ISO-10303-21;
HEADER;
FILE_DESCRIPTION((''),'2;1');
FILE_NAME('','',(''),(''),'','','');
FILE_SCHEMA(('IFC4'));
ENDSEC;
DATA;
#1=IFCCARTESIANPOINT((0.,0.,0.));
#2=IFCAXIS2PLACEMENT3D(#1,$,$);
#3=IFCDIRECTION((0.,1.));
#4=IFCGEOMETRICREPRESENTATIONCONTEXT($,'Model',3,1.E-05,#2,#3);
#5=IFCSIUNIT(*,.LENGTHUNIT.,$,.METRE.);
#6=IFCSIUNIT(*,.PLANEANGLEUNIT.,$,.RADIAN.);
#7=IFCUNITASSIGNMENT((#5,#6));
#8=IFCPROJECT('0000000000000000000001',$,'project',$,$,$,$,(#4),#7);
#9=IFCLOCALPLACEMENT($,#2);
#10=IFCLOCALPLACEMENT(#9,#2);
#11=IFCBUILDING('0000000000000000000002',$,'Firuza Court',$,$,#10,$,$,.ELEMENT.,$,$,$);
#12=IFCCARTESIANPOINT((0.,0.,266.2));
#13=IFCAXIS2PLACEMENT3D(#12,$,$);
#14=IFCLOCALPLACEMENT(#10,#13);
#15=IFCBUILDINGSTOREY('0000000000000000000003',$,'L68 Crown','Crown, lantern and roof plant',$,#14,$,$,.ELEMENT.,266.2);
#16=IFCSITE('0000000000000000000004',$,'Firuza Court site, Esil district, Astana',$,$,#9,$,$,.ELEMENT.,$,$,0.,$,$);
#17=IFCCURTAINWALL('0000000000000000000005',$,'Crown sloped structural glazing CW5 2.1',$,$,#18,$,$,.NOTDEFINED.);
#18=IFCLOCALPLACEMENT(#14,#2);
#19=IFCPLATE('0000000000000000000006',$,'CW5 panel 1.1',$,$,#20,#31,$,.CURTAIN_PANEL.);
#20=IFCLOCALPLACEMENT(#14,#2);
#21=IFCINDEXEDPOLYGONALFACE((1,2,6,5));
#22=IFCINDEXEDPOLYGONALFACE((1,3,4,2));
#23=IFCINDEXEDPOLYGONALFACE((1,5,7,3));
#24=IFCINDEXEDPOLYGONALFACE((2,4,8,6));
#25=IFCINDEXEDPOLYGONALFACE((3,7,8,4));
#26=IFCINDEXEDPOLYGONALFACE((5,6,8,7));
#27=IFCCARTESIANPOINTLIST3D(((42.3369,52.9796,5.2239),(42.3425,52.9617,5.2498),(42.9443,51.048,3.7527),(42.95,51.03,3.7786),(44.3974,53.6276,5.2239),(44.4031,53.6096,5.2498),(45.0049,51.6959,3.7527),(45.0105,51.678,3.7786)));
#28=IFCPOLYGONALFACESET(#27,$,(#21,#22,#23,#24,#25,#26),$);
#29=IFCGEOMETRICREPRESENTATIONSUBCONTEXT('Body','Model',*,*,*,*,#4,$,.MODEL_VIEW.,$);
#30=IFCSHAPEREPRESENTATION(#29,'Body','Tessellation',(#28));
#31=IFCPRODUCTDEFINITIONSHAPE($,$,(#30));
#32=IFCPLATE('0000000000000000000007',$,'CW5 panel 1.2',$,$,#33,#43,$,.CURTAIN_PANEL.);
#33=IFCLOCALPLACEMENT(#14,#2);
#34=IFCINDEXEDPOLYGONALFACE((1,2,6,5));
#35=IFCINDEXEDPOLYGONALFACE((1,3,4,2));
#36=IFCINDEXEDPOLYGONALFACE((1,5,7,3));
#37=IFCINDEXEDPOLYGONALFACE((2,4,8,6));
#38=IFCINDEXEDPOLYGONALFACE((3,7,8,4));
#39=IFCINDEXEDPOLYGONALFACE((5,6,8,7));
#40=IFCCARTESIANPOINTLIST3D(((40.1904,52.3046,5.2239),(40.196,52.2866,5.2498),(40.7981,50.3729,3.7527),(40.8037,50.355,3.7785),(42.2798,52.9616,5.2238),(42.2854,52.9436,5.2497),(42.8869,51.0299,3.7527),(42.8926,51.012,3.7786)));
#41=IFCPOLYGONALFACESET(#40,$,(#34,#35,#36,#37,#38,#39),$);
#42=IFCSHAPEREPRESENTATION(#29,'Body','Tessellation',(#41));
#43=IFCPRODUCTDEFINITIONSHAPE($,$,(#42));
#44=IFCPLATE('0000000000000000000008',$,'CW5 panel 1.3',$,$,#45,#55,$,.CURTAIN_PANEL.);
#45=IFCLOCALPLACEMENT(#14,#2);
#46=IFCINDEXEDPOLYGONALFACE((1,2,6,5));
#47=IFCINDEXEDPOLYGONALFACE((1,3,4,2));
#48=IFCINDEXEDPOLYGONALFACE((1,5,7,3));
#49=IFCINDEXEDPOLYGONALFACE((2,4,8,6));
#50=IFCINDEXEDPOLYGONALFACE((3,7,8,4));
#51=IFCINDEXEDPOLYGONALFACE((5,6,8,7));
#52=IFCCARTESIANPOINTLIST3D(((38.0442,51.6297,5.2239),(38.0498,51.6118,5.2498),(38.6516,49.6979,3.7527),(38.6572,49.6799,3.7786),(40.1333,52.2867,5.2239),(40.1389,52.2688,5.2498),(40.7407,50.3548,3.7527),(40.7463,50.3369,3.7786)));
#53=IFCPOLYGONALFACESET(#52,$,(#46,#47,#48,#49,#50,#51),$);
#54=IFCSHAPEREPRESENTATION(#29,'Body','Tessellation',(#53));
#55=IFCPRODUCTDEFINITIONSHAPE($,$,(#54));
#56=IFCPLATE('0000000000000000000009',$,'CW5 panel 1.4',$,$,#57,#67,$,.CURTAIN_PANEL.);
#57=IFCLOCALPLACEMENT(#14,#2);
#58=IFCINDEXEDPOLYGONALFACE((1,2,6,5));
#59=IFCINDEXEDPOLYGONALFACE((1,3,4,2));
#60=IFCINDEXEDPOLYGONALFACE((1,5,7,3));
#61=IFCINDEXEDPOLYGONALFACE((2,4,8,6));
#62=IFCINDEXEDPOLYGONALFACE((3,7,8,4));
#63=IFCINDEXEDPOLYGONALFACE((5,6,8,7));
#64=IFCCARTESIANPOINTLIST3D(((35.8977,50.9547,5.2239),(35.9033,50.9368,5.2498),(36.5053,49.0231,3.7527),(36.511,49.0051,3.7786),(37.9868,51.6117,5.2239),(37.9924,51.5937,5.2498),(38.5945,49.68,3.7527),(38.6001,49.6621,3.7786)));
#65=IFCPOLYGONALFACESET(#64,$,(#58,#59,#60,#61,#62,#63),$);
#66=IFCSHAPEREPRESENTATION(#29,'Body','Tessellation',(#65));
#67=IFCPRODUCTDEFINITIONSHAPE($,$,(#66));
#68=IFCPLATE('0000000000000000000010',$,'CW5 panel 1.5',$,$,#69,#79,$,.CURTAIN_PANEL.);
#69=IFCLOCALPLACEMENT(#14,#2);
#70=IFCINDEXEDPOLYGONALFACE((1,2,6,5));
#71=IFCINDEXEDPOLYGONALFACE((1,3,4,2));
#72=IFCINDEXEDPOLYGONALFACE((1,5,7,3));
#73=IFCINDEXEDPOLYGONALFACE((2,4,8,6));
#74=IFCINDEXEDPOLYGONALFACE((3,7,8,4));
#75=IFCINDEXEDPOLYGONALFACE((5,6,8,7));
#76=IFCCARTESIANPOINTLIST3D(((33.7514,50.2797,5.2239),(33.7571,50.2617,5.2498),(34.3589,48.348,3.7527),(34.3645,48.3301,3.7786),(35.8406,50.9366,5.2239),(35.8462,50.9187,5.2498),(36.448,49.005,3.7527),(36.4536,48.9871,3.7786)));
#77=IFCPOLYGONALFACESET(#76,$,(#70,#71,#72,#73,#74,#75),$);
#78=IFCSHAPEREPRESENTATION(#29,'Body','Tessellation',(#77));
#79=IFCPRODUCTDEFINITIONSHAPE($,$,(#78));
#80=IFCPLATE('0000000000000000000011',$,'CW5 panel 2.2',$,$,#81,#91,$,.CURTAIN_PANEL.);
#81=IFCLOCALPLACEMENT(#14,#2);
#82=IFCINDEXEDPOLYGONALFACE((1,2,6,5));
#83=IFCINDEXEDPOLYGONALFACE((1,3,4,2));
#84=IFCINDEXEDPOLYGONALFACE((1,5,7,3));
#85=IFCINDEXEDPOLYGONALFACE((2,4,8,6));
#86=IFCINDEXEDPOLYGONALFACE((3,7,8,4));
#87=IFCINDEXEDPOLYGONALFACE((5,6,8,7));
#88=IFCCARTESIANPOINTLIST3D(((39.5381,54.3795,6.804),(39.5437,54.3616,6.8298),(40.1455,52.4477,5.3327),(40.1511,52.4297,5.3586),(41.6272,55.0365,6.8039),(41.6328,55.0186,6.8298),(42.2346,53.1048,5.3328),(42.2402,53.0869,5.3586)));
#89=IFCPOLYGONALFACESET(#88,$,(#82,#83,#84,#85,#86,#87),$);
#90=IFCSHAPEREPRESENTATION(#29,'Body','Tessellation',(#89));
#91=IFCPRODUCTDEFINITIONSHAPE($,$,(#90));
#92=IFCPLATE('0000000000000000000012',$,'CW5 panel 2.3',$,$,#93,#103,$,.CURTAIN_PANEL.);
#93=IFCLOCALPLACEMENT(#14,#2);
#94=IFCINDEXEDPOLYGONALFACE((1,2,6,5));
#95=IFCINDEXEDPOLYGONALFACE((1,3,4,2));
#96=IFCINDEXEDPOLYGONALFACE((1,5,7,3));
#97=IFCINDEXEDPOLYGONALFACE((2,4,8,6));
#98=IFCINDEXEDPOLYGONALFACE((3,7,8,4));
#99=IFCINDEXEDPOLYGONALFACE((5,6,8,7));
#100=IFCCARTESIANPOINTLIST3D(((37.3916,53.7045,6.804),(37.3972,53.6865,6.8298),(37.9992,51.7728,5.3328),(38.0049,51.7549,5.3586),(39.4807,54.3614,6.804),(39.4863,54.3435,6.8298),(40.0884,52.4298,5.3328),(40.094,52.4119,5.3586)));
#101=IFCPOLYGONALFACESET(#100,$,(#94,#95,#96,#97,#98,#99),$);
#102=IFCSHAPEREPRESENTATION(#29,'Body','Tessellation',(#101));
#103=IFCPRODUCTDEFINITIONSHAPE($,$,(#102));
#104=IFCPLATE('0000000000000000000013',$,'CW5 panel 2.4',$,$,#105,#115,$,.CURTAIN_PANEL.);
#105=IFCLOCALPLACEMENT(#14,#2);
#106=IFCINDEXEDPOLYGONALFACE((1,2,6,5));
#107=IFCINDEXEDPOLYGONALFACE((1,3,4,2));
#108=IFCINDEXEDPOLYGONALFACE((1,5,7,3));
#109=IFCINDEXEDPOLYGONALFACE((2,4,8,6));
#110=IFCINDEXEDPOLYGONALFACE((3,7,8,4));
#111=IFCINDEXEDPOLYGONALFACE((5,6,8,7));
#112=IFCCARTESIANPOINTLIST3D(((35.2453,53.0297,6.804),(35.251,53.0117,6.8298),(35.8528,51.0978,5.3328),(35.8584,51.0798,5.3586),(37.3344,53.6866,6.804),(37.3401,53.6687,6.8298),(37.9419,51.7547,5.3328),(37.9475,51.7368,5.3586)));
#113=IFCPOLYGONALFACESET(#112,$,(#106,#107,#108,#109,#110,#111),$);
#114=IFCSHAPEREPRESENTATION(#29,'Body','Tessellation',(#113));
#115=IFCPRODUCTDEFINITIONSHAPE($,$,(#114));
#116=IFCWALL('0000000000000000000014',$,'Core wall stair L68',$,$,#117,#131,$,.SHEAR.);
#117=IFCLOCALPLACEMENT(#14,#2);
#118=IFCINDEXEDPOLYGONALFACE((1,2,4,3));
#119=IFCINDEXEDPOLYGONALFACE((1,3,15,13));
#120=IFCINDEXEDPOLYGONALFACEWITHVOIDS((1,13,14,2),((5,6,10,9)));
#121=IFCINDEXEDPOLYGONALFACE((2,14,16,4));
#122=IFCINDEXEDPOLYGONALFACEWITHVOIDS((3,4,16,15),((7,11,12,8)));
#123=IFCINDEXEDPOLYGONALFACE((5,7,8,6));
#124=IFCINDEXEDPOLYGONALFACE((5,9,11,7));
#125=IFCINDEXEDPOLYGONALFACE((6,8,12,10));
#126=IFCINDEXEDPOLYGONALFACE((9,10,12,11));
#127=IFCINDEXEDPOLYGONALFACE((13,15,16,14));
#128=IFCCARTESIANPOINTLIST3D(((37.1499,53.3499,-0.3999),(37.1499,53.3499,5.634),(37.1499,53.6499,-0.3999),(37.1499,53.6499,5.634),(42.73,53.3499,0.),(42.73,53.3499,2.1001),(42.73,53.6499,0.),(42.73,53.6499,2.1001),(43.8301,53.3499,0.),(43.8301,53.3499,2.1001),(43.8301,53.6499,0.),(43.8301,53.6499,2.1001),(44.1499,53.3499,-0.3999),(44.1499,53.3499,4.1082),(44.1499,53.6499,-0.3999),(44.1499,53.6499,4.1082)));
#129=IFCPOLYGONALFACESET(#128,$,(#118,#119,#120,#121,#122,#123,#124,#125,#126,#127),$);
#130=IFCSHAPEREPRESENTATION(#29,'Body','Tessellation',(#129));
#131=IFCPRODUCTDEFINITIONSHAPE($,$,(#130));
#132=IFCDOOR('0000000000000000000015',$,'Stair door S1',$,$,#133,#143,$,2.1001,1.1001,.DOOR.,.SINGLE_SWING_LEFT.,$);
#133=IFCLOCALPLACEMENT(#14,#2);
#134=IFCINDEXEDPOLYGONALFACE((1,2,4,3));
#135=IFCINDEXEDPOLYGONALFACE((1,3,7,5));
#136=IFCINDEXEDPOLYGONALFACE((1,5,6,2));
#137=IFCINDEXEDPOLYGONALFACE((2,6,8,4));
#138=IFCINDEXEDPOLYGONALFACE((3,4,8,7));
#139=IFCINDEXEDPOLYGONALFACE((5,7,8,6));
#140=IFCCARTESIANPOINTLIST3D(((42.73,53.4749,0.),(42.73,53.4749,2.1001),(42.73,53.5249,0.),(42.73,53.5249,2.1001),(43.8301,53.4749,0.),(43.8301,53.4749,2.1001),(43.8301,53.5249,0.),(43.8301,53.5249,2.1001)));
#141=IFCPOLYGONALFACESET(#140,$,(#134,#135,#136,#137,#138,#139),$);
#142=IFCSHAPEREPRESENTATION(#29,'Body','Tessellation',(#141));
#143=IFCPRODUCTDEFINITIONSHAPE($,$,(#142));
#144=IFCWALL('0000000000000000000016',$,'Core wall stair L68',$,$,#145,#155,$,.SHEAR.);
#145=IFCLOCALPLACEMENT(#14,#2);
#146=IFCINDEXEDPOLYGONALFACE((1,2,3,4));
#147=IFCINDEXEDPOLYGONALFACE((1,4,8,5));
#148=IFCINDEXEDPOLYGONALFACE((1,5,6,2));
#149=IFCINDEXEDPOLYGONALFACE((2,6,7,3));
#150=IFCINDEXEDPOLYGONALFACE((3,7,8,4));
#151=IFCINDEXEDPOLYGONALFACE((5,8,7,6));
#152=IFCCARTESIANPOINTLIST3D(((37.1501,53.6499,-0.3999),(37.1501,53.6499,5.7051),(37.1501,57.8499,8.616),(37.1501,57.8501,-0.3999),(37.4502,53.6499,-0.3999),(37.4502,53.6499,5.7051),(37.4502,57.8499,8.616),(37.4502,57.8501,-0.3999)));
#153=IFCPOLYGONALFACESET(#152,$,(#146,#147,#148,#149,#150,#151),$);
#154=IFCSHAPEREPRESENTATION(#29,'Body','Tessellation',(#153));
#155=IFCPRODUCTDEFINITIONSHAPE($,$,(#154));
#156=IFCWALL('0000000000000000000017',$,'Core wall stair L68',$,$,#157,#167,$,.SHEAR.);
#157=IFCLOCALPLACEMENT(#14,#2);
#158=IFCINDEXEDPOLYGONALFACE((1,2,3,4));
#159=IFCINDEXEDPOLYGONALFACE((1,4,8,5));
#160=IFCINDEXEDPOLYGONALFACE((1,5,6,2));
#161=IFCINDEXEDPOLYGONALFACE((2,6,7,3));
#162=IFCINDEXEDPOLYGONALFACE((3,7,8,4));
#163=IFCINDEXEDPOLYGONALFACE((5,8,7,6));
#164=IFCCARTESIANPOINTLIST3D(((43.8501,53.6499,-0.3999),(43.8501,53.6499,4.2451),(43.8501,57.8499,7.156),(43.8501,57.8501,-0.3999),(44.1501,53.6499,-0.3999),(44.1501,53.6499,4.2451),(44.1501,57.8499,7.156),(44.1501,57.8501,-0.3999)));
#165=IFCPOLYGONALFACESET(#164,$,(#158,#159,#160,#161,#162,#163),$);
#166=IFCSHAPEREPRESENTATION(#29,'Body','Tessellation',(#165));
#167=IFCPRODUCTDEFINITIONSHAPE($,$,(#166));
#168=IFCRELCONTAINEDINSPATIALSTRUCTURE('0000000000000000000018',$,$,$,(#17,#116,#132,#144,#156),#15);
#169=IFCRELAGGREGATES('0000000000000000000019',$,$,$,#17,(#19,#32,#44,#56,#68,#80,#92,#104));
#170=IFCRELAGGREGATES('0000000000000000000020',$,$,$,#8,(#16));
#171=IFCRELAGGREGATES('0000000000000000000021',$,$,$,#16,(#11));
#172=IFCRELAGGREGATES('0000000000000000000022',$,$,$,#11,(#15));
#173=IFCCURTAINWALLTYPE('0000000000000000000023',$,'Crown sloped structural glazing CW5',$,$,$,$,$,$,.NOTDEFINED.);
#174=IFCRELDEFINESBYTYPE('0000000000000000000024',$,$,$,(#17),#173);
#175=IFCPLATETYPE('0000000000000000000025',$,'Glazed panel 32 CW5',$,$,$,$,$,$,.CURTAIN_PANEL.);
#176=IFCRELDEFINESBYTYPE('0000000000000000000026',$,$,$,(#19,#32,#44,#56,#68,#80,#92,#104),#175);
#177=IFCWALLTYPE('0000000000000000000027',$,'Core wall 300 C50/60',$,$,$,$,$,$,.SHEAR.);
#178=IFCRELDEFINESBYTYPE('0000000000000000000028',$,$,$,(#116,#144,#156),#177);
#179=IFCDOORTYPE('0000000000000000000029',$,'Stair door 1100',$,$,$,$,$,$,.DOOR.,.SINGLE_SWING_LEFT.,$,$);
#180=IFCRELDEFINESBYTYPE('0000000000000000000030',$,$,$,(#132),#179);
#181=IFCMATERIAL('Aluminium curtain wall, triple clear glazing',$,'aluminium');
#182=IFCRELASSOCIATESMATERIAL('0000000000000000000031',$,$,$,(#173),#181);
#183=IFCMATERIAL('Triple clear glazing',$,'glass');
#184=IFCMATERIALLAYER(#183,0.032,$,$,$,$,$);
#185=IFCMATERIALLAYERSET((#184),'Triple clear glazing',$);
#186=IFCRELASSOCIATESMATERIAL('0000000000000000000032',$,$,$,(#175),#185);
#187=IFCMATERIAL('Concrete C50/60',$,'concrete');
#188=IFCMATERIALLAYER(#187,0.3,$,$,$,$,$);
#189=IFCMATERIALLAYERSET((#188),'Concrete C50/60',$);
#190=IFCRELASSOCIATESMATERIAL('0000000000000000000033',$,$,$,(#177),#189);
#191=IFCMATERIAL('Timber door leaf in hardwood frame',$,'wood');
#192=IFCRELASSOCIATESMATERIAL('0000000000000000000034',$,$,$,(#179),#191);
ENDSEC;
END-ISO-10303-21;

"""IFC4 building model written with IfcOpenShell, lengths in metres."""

from ifc_helpers import new_model, si_unit, direction, frame, frame_2d, origin, place, context, subcontext, project, spatial, polyline, rectangle, outline, extrude, material, layer, layer_set, type_object, element, fill, aggregate, save


model = new_model("IFC4")

# Units and contexts
model_context = context("Model", 3, precision=1e-05, world=origin(), true_north=direction((0.0, 1.0)))
body_context = subcontext(model_context, "Body", "Model", "MODEL_VIEW")
ifc_project = project(units=[si_unit("LENGTHUNIT", "METRE"), si_unit("PLANEANGLEUNIT", "RADIAN")], contexts=[model_context])

# Site, building, storey
site_placement = place(None, origin())
site = spatial("IfcSite", under=ifc_project, at=site_placement, Name="Firuza Court site, Esil district, Astana", CompositionType="ELEMENT", RefElevation=0.0)
building_placement = place(site_placement, origin())
building = spatial("IfcBuilding", under=site, at=building_placement, Name="Firuza Court", CompositionType="ELEMENT")
storey_placement = place(building_placement, frame((0.0, 0.0, 266.2)))
storey = spatial("IfcBuildingStorey", under=building, at=storey_placement, Name="L68 Crown", Description="Crown, lantern and roof plant", CompositionType="ELEMENT", Elevation=266.2)

# Curtain wall
ifc_material_1 = material(Name="Aluminium curtain wall, triple clear glazing", Category="aluminium")
curtain_wall_type = type_object("IfcCurtainWallType", Name="Crown sloped structural glazing CW5", PredefinedType="NOTDEFINED", material=ifc_material_1)
curtain_wall_1_placement = place(storey_placement, origin())
curtain_wall_1 = element("IfcCurtainWall", 1, at=curtain_wall_1_placement, inside=storey, type_object=curtain_wall_type, Name="Crown sloped structural glazing CW5 2.1", PredefinedType="NOTDEFINED")

# Plates
ifc_material_2 = material(Name="Triple clear glazing", Category="glass")
ifc_layer_1 = layer(ifc_material_2, 0.032)
ifc_layer_set_1 = layer_set([ifc_layer_1], Name="Triple clear glazing")
plate_type = type_object("IfcPlateType", Name="Glazed panel 32 CW5", PredefinedType="CURTAIN_PANEL", material=ifc_layer_set_1)
plate_1_placement = place(storey_placement, frame((45.0105, 51.678, 3.7786), z_axis=(0.176322, -0.560721, 0.809013), x_axis=(-0.953948, -0.299974, 0.0)))
plate_1 = element("IfcPlate", 2, at=plate_1_placement, type_object=plate_type, Name="CW5 panel 1.1", PredefinedType="CURTAIN_PANEL", context=body_context, shape_type="SweptSolid", body=[
    extrude(outline(polyline([(0.0, 0.0), (2.16, 0.0), (2.16, -2.5029), (0.0, -2.5029), (0.0, 0.0)])), origin(), (0.0, 0.0, -1.0), 0.032),
])
plate_2_placement = place(storey_placement, frame((42.8926, 51.012, 3.7786), z_axis=(0.176334, -0.560717, 0.809013), x_axis=(-0.953934, -0.300016, -0.000016)))
plate_2 = element("IfcPlate", 3, at=plate_2_placement, type_object=plate_type, Name="CW5 panel 1.2", PredefinedType="CURTAIN_PANEL", context=body_context, shape_type="SweptSolid", body=[
    extrude(outline(polyline([(0.0, 0.0), (2.1897, 0.0), (2.1899, -2.503), (-0.0003, -2.5029), (0.0, 0.0)])), origin(), (0.0, 0.0, -1.0), 0.032),
])
plate_3_placement = place(storey_placement, frame((40.7463, 50.3369, 3.7786), z_axis=(0.176321, -0.560675, 0.809045), x_axis=(-0.953941, -0.299995, 0.0)))
plate_3 = element("IfcPlate", 4, at=plate_3_placement, type_object=plate_type, Name="CW5 panel 1.3", PredefinedType="CURTAIN_PANEL", context=body_context, shape_type="SweptSolid", body=[
    extrude(outline(polyline([(0.0, 0.0), (2.19, 0.0), (2.1899, -2.5031), (-0.0001, -2.5031), (0.0, 0.0)])), origin(), (0.0, 0.0, -1.0), 0.032),
])
plate_4_placement = place(storey_placement, frame((38.6001, 49.6621, 3.7786), z_axis=(0.17633, -0.560704, 0.809023), x_axis=(-0.953941, -0.299995, 0.0)))
plate_4 = element("IfcPlate", 5, at=plate_4_placement, type_object=plate_type, Name="CW5 panel 1.4", PredefinedType="CURTAIN_PANEL", context=body_context, shape_type="SweptSolid", body=[
    extrude(outline(polyline([(0.0, 0.0), (2.19, 0.0), (2.1902, -2.503), (0.0002, -2.503), (0.0, 0.0)])), origin(), (0.0, 0.0, -1.0), 0.032),
])
plate_5_placement = place(storey_placement, frame((36.4536, 48.9871, 3.7786), z_axis=(0.176334, -0.560717, 0.809013), x_axis=(-0.953941, -0.299995, 0.0)))
plate_5 = element("IfcPlate", 6, at=plate_5_placement, type_object=plate_type, Name="CW5 panel 1.5", PredefinedType="CURTAIN_PANEL", context=body_context, shape_type="SweptSolid", body=[
    extrude(outline(polyline([(0.0, 0.0), (2.19, 0.0), (2.1899, -2.5029), (0.0, -2.5029), (0.0, 0.0)])), origin(), (0.0, 0.0, -1.0), 0.032),
])
plate_6_placement = place(storey_placement, frame((42.2402, 53.0869, 5.3586), z_axis=(0.176357, -0.560687, 0.809029), x_axis=(-0.953914, -0.300079, -0.000025)))
plate_6 = element("IfcPlate", 7, at=plate_6_placement, type_object=plate_type, Name="CW5 panel 2.2", PredefinedType="CURTAIN_PANEL", context=body_context, shape_type="SweptSolid", body=[
    extrude(outline(polyline([(0.0, 0.0), (2.1901, 0.0), (2.1897, -2.5031), (-0.0003, -2.5029), (0.0, 0.0)])), origin(), (0.0, 0.0, -1.0), 0.032),
])
plate_7_placement = place(storey_placement, frame((40.094, 52.4119, 5.3586), z_axis=(0.17633, -0.560704, 0.809023), x_axis=(-0.953941, -0.299995, 0.0)))
plate_7 = element("IfcPlate", 8, at=plate_7_placement, type_object=plate_type, Name="CW5 panel 2.3", PredefinedType="CURTAIN_PANEL", context=body_context, shape_type="SweptSolid", body=[
    extrude(outline(polyline([(0.0, 0.0), (2.19, 0.0), (2.1902, -2.503), (0.0002, -2.503), (0.0, 0.0)])), origin(), (0.0, 0.0, -1.0), 0.032),
])
plate_8_placement = place(storey_placement, frame((37.9475, 51.7368, 5.3586), z_axis=(0.176321, -0.560675, 0.809045), x_axis=(-0.953941, -0.299995, 0.0)))
plate_8 = element("IfcPlate", 9, at=plate_8_placement, type_object=plate_type, Name="CW5 panel 2.4", PredefinedType="CURTAIN_PANEL", context=body_context, shape_type="SweptSolid", body=[
    extrude(outline(polyline([(0.0, 0.0), (2.19, 0.0), (2.1899, -2.5031), (-0.0001, -2.5031), (0.0, 0.0)])), origin(), (0.0, 0.0, -1.0), 0.032),
])
aggregate(curtain_wall_1, [plate_1, plate_2, plate_3, plate_4, plate_5, plate_6, plate_7, plate_8])

# Wall, opening, door
ifc_material_3 = material(Name="Concrete C50/60", Category="concrete")
ifc_layer_2 = layer(ifc_material_3, 0.3)
ifc_layer_set_2 = layer_set([ifc_layer_2], Name="Concrete C50/60")
wall_type = type_object("IfcWallType", Name="Core wall 300 C50/60", PredefinedType="SHEAR", material=ifc_layer_set_2)
wall_1_placement = place(storey_placement, frame((37.1499, 53.5, -0.3999), z_axis=(0.0, 0.0, 1.0), x_axis=(1.0, 0.0, 0.0)))
wall_1 = element("IfcWall", 10, at=wall_1_placement, inside=storey, type_object=wall_type, Name="Core wall stair L68", PredefinedType="SHEAR", context=body_context, shape_type="SweptSolid", body=[
    extrude(outline(polyline([(0.0, 0.0), (7.0, 0.0), (7.0, 4.5081), (0.0, 6.0339), (0.0, 0.0)])), frame((0.0, 0.1499, 0.0), z_axis=(0.0, -1.0, 0.0), x_axis=(1.0, 0.0, 0.0)), (0.0, 0.0, 1.0), 0.3),
])
opening_placement = place(wall_1_placement, frame((5.5801, 0.0, 0.3999)))
opening = element("IfcOpeningElement", 11, at=opening_placement, cuts=wall_1, PredefinedType="OPENING", context=body_context, shape_type="SweptSolid", body=[
    extrude(rectangle(XDim=1.1001, YDim=2.1001, at=frame_2d((0.55, 1.05))), frame((0.0, 0.1621, 0.0), z_axis=(0.0, -1.0, 0.0), x_axis=(1.0, 0.0, 0.0)), (0.0, 0.0, 1.0), 0.324),
])
ifc_material_4 = material(Name="Timber door leaf in hardwood frame", Category="wood")
door_type = type_object("IfcDoorType", Name="Stair door 1100", OperationType="SINGLE_SWING_LEFT", PredefinedType="DOOR", material=ifc_material_4)
door_placement = place(opening_placement, origin())
door = element("IfcDoor", 12, at=door_placement, inside=storey, type_object=door_type, Name="Stair door S1", OperationType="SINGLE_SWING_LEFT", OverallHeight=2.1001, OverallWidth=1.1001, PredefinedType="DOOR", context=body_context, shape_type="SweptSolid", body=[
    extrude(rectangle(XDim=1.1001, YDim=2.1001, at=frame_2d((0.55, 1.05))), frame((0.0, 0.0249, 0.0), z_axis=(0.0, -1.0, 0.0), x_axis=(1.0, 0.0, 0.0)), (0.0, 0.0, 1.0), 0.05),
])
fill(opening, door)

# Walls
wall_2_placement = place(storey_placement, frame((37.3, 53.6499, -0.3999), z_axis=(0.0, 0.0, 1.0), x_axis=(0.0, 1.0, 0.0)))
element("IfcWall", 13, at=wall_2_placement, inside=storey, type_object=wall_type, Name="Core wall stair L68", PredefinedType="SHEAR", context=body_context, shape_type="SweptSolid", body=[
    extrude(outline(polyline([(0.0, 0.0), (4.2002, 0.0), (4.2, 9.0159), (0.0, 6.105), (0.0, 0.0)])), frame((0.0, 0.1499, 0.0), z_axis=(0.0, -1.0, 0.0), x_axis=(1.0, 0.0, 0.0)), (0.0, 0.0, 1.0), 0.3),
])
wall_3_placement = place(storey_placement, frame((44.0, 53.6499, -0.3999), z_axis=(0.0, 0.0, 1.0), x_axis=(0.0, 1.0, 0.0)))
element("IfcWall", 14, at=wall_3_placement, inside=storey, type_object=wall_type, Name="Core wall stair L68", PredefinedType="SHEAR", context=body_context, shape_type="SweptSolid", body=[
    extrude(outline(polyline([(0.0, 0.0), (4.2002, 0.0), (4.2, 7.5559), (0.0, 4.645), (0.0, 0.0)])), frame((0.0, 0.1499, 0.0), z_axis=(0.0, -1.0, 0.0), x_axis=(1.0, 0.0, 0.0)), (0.0, 0.0, 1.0), 0.3),
])

save(model, "model.ifc")
